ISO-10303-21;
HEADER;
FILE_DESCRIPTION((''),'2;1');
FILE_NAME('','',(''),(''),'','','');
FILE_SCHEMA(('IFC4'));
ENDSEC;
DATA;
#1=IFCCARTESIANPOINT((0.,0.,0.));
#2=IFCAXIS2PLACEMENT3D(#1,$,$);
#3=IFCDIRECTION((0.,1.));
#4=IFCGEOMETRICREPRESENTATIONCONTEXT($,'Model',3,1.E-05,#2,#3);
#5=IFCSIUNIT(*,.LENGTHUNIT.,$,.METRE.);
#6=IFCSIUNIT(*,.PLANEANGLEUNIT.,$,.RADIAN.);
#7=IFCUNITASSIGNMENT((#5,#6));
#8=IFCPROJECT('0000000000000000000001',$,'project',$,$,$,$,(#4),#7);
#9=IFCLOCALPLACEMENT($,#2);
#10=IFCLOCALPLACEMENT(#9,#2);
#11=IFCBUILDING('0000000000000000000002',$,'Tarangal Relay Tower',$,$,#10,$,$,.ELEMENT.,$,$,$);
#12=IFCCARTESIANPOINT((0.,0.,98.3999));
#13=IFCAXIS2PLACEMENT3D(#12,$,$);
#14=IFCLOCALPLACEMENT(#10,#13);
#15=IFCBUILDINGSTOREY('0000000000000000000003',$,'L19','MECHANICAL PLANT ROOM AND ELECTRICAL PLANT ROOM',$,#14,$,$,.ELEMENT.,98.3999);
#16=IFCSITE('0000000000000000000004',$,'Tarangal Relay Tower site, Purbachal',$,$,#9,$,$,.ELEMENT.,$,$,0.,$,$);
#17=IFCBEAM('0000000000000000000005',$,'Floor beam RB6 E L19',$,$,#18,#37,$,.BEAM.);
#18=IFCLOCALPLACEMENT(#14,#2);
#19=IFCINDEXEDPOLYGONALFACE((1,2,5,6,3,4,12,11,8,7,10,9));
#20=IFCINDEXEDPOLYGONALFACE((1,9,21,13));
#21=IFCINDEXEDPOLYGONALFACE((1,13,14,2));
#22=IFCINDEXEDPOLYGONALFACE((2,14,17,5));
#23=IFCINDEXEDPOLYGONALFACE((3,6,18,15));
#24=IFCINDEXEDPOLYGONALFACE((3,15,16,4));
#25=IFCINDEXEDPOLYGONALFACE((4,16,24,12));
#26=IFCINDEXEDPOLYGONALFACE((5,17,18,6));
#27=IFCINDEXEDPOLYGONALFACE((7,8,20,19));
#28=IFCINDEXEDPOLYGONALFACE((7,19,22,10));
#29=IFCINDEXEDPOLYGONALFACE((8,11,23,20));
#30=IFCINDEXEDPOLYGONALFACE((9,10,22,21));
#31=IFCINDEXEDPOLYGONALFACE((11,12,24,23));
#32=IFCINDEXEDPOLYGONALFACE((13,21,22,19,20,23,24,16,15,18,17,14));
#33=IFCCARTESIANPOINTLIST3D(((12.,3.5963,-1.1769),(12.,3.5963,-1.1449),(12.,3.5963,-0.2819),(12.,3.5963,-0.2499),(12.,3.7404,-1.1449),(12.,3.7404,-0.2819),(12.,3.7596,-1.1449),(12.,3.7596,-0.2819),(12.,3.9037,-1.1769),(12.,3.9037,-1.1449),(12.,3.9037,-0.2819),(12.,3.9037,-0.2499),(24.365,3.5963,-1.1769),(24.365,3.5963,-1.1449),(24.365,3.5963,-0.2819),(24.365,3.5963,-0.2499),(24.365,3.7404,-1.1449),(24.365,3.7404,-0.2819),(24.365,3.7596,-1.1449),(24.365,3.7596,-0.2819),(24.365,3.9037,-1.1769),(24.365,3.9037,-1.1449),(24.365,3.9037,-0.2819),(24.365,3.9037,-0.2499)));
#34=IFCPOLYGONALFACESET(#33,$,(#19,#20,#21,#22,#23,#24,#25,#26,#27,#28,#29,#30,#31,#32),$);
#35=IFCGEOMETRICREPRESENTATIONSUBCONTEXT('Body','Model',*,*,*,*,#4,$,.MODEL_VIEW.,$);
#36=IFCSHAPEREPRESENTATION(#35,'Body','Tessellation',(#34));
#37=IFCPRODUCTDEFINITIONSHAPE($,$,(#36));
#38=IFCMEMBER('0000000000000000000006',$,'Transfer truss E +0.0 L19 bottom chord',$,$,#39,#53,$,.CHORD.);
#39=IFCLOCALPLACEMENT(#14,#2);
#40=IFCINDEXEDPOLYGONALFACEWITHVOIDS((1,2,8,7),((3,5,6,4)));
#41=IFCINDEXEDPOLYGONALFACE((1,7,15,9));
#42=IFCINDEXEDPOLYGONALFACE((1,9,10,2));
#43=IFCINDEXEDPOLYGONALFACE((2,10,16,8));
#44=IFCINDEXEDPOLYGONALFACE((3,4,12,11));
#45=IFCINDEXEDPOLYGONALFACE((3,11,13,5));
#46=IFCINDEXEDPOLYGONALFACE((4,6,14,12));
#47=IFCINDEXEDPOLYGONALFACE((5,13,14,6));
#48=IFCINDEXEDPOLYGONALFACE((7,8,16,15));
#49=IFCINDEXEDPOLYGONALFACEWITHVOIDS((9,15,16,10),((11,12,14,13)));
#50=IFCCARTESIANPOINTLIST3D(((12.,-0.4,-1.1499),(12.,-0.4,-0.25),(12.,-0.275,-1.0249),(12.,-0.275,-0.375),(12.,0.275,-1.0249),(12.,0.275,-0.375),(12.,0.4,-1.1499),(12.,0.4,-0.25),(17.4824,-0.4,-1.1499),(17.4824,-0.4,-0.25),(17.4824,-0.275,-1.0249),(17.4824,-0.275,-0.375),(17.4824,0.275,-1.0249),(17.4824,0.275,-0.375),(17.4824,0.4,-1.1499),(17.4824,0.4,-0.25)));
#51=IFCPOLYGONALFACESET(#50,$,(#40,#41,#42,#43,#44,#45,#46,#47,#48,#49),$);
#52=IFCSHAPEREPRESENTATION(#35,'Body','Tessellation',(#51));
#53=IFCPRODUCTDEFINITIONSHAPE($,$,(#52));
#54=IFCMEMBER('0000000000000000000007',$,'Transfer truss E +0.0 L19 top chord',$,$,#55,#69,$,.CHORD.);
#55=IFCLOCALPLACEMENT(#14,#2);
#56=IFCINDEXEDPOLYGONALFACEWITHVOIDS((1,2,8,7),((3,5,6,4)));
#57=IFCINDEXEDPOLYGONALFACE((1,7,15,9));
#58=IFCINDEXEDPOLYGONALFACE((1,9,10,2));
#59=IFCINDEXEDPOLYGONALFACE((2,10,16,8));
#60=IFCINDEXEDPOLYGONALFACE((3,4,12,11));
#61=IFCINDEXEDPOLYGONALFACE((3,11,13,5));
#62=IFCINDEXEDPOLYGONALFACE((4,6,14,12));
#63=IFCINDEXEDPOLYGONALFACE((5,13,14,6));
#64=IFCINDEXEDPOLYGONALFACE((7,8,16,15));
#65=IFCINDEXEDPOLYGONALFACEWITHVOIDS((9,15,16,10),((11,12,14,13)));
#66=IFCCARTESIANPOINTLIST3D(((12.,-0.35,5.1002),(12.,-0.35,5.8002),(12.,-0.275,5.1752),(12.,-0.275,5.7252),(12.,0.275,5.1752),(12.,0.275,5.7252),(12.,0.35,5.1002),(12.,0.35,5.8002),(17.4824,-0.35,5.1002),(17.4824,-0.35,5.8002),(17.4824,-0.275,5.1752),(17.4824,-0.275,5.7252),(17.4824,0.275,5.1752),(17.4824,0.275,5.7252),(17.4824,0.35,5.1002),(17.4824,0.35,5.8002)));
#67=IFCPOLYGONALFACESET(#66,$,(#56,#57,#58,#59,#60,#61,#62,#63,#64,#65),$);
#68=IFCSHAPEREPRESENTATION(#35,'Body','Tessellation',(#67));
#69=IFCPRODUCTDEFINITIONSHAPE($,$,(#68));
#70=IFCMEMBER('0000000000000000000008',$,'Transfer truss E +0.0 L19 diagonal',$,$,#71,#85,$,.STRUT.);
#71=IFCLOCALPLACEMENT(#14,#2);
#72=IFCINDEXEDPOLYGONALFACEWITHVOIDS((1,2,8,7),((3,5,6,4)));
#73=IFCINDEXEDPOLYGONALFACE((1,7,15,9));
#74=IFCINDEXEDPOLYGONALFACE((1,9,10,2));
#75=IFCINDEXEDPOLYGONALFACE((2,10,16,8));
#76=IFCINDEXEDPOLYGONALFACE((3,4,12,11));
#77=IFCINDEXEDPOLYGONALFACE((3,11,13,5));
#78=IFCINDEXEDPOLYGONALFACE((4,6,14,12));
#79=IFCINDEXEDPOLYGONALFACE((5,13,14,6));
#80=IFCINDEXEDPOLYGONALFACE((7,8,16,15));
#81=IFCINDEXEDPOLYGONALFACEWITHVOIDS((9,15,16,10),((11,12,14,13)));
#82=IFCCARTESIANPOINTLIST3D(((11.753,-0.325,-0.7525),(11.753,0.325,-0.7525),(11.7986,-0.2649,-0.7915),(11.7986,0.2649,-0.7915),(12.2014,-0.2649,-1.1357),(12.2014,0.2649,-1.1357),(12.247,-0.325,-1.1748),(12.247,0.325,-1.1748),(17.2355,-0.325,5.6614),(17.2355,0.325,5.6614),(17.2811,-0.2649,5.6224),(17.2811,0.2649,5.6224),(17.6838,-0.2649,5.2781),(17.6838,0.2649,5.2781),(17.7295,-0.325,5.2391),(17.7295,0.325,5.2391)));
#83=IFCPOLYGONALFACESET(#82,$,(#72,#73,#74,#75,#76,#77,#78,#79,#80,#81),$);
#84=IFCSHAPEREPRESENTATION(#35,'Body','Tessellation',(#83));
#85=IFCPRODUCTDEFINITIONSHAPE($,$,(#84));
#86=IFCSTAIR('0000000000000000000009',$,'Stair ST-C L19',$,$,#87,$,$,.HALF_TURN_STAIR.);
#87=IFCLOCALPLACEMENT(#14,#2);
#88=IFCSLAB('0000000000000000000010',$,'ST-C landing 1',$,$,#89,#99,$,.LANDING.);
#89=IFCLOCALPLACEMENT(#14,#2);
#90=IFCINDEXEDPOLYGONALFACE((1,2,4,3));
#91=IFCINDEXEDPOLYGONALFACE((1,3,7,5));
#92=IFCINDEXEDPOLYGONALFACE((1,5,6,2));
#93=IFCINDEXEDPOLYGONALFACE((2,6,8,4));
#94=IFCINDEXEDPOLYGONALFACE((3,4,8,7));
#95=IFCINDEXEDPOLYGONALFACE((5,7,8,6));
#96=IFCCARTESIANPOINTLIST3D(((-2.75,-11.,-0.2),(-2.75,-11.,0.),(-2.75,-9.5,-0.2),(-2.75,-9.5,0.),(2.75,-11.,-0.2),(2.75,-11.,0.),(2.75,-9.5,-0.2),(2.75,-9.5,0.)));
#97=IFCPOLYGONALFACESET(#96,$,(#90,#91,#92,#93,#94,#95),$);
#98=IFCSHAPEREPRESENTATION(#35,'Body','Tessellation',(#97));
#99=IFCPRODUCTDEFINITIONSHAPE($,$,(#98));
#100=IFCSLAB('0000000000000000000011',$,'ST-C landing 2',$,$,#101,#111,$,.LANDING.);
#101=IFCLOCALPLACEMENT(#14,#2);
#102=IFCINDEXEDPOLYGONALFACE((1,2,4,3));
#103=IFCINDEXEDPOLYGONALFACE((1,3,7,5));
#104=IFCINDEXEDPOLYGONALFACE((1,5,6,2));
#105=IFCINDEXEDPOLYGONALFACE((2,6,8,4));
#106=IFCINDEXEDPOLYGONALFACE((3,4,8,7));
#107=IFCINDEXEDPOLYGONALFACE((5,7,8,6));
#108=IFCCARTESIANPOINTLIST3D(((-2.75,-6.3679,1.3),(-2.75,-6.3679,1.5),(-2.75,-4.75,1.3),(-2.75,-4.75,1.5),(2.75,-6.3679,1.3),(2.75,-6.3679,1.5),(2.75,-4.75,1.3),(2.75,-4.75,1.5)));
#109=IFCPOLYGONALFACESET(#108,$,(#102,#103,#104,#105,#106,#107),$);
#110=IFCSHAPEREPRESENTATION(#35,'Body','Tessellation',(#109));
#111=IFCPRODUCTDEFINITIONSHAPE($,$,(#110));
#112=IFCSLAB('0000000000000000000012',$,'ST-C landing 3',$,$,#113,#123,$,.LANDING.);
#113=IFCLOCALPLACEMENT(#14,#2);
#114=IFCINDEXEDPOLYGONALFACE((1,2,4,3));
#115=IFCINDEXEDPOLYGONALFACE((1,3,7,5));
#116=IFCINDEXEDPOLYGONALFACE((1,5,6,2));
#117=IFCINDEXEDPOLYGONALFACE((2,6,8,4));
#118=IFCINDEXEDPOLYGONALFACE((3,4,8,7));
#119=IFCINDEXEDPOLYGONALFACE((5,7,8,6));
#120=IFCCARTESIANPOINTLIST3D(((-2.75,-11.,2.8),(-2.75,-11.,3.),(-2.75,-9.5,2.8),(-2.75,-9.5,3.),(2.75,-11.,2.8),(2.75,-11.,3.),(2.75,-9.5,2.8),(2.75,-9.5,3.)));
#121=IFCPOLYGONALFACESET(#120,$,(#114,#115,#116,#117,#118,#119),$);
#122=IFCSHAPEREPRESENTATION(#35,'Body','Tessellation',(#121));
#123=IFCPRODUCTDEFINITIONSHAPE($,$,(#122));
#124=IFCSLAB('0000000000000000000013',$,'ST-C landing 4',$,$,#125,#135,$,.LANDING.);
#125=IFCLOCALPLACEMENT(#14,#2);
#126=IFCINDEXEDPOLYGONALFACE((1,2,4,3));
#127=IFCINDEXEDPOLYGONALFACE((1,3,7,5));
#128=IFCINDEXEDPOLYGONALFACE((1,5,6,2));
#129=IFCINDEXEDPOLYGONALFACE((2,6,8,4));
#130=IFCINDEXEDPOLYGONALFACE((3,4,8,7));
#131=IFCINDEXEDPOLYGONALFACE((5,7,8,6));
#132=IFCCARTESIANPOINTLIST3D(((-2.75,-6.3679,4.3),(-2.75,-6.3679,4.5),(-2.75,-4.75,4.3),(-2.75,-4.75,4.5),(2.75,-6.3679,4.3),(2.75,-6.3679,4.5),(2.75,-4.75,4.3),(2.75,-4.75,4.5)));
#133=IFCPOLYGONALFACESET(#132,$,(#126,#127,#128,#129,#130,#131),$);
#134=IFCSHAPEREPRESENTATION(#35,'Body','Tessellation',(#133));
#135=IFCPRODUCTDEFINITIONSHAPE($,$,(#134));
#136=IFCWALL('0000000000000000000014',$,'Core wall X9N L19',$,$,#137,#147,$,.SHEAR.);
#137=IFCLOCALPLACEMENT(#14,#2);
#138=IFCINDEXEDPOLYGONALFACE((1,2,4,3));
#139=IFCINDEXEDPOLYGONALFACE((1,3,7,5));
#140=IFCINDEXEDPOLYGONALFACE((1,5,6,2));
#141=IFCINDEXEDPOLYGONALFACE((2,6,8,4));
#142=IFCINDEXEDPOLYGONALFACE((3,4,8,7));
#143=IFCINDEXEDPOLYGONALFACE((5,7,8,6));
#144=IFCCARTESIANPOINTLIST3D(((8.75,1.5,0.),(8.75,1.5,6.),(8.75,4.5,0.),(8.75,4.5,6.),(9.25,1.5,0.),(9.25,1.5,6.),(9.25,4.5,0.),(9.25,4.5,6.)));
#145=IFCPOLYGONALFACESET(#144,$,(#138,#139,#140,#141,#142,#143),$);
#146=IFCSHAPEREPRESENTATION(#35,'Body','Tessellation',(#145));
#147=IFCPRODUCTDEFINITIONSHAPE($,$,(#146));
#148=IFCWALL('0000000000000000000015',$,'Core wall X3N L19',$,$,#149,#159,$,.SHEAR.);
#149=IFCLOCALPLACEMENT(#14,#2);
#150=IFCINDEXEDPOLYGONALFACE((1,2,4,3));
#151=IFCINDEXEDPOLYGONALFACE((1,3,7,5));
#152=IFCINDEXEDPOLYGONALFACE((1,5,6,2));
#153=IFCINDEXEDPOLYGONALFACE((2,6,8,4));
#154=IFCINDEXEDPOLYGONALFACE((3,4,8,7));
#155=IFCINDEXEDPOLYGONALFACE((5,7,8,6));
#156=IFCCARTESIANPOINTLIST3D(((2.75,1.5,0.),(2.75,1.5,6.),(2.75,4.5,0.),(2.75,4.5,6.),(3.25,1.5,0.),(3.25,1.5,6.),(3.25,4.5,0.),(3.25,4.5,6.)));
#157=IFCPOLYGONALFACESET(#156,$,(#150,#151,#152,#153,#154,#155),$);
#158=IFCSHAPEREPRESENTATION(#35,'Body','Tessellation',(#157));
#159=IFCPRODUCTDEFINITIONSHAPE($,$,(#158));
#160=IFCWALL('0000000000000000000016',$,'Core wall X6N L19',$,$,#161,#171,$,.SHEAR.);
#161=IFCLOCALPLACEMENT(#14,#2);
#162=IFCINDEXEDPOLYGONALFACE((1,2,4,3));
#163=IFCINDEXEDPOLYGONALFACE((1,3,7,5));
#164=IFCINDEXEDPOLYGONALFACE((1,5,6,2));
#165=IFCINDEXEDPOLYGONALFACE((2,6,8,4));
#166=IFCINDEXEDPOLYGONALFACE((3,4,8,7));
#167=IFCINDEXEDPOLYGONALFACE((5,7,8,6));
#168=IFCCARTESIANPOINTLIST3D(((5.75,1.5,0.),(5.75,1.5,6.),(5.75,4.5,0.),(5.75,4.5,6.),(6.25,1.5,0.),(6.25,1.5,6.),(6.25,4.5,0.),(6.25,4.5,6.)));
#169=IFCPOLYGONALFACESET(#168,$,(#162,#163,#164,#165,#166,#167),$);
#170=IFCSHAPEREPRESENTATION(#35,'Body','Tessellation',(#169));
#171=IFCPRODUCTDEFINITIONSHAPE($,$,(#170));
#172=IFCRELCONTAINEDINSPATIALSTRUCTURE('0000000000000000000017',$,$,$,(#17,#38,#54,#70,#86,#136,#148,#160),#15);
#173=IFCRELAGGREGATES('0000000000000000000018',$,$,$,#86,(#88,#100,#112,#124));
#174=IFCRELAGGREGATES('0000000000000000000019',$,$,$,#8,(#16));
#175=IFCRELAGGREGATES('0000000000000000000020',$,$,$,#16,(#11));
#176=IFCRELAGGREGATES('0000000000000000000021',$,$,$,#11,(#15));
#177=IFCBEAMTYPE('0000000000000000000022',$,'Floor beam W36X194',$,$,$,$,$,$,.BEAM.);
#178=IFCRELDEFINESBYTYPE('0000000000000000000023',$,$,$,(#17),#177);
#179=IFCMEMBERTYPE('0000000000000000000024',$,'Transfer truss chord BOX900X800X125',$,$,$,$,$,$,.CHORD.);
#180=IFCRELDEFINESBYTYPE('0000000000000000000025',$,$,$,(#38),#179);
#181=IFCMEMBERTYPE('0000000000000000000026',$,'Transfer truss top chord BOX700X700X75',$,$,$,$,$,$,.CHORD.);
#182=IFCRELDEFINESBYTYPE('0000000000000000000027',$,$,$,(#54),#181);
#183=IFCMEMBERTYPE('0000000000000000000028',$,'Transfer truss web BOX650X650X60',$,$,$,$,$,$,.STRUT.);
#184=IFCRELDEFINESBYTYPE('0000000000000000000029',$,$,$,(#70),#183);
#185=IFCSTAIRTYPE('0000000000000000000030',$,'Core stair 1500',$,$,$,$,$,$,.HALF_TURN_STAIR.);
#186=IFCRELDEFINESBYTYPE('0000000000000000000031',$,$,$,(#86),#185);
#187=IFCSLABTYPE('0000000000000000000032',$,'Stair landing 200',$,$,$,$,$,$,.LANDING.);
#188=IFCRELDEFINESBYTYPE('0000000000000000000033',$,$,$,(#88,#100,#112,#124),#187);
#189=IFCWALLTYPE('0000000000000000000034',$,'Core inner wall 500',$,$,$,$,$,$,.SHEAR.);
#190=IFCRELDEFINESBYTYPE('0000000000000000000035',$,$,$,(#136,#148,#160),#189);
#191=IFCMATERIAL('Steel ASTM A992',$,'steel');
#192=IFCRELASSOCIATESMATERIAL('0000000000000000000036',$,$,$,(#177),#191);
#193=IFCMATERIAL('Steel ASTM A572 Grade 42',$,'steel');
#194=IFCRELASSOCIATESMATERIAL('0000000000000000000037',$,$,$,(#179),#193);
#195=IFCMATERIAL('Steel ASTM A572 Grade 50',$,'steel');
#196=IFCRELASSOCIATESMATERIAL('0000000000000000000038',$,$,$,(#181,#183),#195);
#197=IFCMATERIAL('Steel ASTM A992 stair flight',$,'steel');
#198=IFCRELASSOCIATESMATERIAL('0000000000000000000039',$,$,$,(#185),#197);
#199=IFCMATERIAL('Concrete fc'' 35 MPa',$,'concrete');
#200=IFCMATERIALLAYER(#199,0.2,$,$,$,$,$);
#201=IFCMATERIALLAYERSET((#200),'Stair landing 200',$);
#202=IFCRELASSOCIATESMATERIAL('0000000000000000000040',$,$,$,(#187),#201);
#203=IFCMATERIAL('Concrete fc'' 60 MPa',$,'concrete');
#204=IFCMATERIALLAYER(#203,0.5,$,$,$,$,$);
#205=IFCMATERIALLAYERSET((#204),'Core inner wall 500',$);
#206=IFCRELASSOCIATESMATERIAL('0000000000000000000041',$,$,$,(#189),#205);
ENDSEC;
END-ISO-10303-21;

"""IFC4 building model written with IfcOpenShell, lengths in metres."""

from ifc_helpers import new_model, si_unit, direction, frame, frame_2d, origin, origin_2d, place, context, subcontext, project, spatial, polyline, rectangle, hollow_rectangle, i_section, outline, extrude, material, layer, layer_set, material_profile, profile_set, type_object, element, aggregate, save


model = new_model("IFC4")

# Units and contexts
model_context = context("Model", 3, precision=1e-05, world=origin(), true_north=direction((0.0, 1.0)))
body_context = subcontext(model_context, "Body", "Model", "MODEL_VIEW")
ifc_project = project(units=[si_unit("LENGTHUNIT", "METRE"), si_unit("PLANEANGLEUNIT", "RADIAN")], contexts=[model_context])

# Site, building, storey
site_placement = place(None, origin())
site = spatial("IfcSite", under=ifc_project, at=site_placement, Name="Tarangal Relay Tower site, Purbachal", CompositionType="ELEMENT", RefElevation=0.0)
building_placement = place(site_placement, origin())
building = spatial("IfcBuilding", under=site, at=building_placement, Name="Tarangal Relay Tower", CompositionType="ELEMENT")
storey_placement = place(building_placement, frame((0.0, 0.0, 98.3999)))
storey = spatial("IfcBuildingStorey", under=building, at=storey_placement, Name="L19", Description="MECHANICAL PLANT ROOM AND ELECTRICAL PLANT ROOM", CompositionType="ELEMENT", Elevation=98.3999)

# Beam
ifc_material_1 = material(Name="Steel ASTM A992", Category="steel")
ifc_material_profile_1 = material_profile(ifc_material_1, i_section(OverallWidth=0.3074, OverallDepth=0.927, WebThickness=0.0193, FlangeThickness=0.032, at=origin_2d()), Name="W36X194")
ifc_profile_set_1 = profile_set([ifc_material_profile_1], Name="Steel ASTM A992")
beam_type = type_object("IfcBeamType", Name="Floor beam W36X194", PredefinedType="BEAM", material=ifc_profile_set_1)
beam_placement = place(storey_placement, frame((12.0, 3.75, -0.7134), z_axis=(1.0, 0.0, 0.0), x_axis=(0.0, 1.0, 0.0)))
element("IfcBeam", 1, at=beam_placement, inside=storey, type_object=beam_type, Name="Floor beam RB6 E L19", PredefinedType="BEAM", context=body_context, shape_type="SweptSolid", body=[
    extrude(i_section(OverallWidth=0.3074, OverallDepth=0.927, WebThickness=0.0193, FlangeThickness=0.032, at=origin_2d()), origin(), (0.0, 0.0, 1.0), 12.365),
])

# Members
ifc_material_2 = material(Name="Steel ASTM A572 Grade 42", Category="steel")
ifc_material_profile_2 = material_profile(ifc_material_2, hollow_rectangle(XDim=0.8, YDim=0.8999, WallThickness=0.125, at=origin_2d()), Name="BOX900X800X125")
ifc_profile_set_2 = profile_set([ifc_material_profile_2], Name="Steel ASTM A572 Grade 42")
member_type_1 = type_object("IfcMemberType", Name="Transfer truss chord BOX900X800X125", PredefinedType="CHORD", material=ifc_profile_set_2)
member_1_placement = place(storey_placement, frame((12.0, 0.0, -0.7), z_axis=(1.0, 0.0, 0.0), x_axis=(0.0, 1.0, 0.0)))
element("IfcMember", 2, at=member_1_placement, inside=storey, type_object=member_type_1, Name="Transfer truss E +0.0 L19 bottom chord", PredefinedType="CHORD", context=body_context, shape_type="SweptSolid", body=[
    extrude(hollow_rectangle(XDim=0.8, YDim=0.8999, WallThickness=0.125, at=origin_2d()), origin(), (0.0, 0.0, 1.0), 5.4824),
])
ifc_material_3 = material(Name="Steel ASTM A572 Grade 50", Category="steel")
ifc_material_profile_3 = material_profile(ifc_material_3, hollow_rectangle(XDim=0.7, YDim=0.7, WallThickness=0.075, at=origin_2d()), Name="BOX700X700X75")
ifc_profile_set_3 = profile_set([ifc_material_profile_3], Name="Steel ASTM A572 Grade 50")
member_type_2 = type_object("IfcMemberType", Name="Transfer truss top chord BOX700X700X75", PredefinedType="CHORD", material=ifc_profile_set_3)
member_2_placement = place(storey_placement, frame((12.0, 0.0, 5.4502), z_axis=(1.0, 0.0, 0.0), x_axis=(0.0, 1.0, 0.0)))
element("IfcMember", 3, at=member_2_placement, inside=storey, type_object=member_type_2, Name="Transfer truss E +0.0 L19 top chord", PredefinedType="CHORD", context=body_context, shape_type="SweptSolid", body=[
    extrude(hollow_rectangle(XDim=0.7, YDim=0.7, WallThickness=0.075, at=origin_2d()), origin(), (0.0, 0.0, 1.0), 5.4824),
])
ifc_material_profile_4 = material_profile(ifc_material_3, hollow_rectangle(XDim=0.6499, YDim=0.6499, WallThickness=0.0601, at=origin_2d()), Name="BOX650X650X60")
ifc_profile_set_4 = profile_set([ifc_material_profile_4], Name="Steel ASTM A572 Grade 50")
member_type_3 = type_object("IfcMemberType", Name="Transfer truss web BOX650X650X60", PredefinedType="STRUT", material=ifc_profile_set_4)
member_3_placement = place(storey_placement, frame((12.0, 0.0, -0.9636), z_axis=(0.649757, 0.0, 0.760142), x_axis=(0.0, 1.0, 0.0)))
element("IfcMember", 4, at=member_3_placement, inside=storey, type_object=member_type_3, Name="Transfer truss E +0.0 L19 diagonal", PredefinedType="STRUT", context=body_context, shape_type="SweptSolid", body=[
    extrude(hollow_rectangle(XDim=0.6499, YDim=0.6499, WallThickness=0.0601, at=origin_2d()), origin(), (0.0, 0.0, 1.0), 8.4377),
])

# Stair, slabs
ifc_material_4 = material(Name="Steel ASTM A992 stair flight", Category="steel")
stair_type = type_object("IfcStairType", Name="Core stair 1500", PredefinedType="HALF_TURN_STAIR", material=ifc_material_4)
stair_1_placement = place(storey_placement, origin())
stair_1 = element("IfcStair", 5, at=stair_1_placement, inside=storey, type_object=stair_type, Name="Stair ST-C L19", PredefinedType="HALF_TURN_STAIR")
ifc_material_5 = material(Name="Concrete fc' 35 MPa", Category="concrete")
ifc_layer_1 = layer(ifc_material_5, 0.2)
ifc_layer_set_1 = layer_set([ifc_layer_1], Name="Stair landing 200")
slab_type = type_object("IfcSlabType", Name="Stair landing 200", PredefinedType="LANDING", material=ifc_layer_set_1)
slab_1_placement = place(storey_placement, frame((0.0, 0.0, -0.2)))
slab_1 = element("IfcSlab", 6, at=slab_1_placement, type_object=slab_type, Name="ST-C landing 1", PredefinedType="LANDING", context=body_context, shape_type="SweptSolid", body=[
    extrude(outline(polyline([(-2.75, -11.0), (2.75, -11.0), (2.75, -9.5), (-2.75, -9.5), (-2.75, -11.0)])), origin(), (0.0, 0.0, 1.0), 0.2),
])
slab_2_placement = place(storey_placement, frame((0.0, 0.0, 1.3)))
slab_2 = element("IfcSlab", 7, at=slab_2_placement, type_object=slab_type, Name="ST-C landing 2", PredefinedType="LANDING", context=body_context, shape_type="SweptSolid", body=[
    extrude(outline(polyline([(-2.75, -6.3679), (2.75, -6.3679), (2.75, -4.75), (-2.75, -4.75), (-2.75, -6.3679)])), origin(), (0.0, 0.0, 1.0), 0.2),
])
slab_3_placement = place(storey_placement, frame((0.0, 0.0, 2.8)))
slab_3 = element("IfcSlab", 8, at=slab_3_placement, type_object=slab_type, Name="ST-C landing 3", PredefinedType="LANDING", context=body_context, shape_type="SweptSolid", body=[
    extrude(outline(polyline([(-2.75, -11.0), (2.75, -11.0), (2.75, -9.5), (-2.75, -9.5), (-2.75, -11.0)])), origin(), (0.0, 0.0, 1.0), 0.2),
])
slab_4_placement = place(storey_placement, frame((0.0, 0.0, 4.3)))
slab_4 = element("IfcSlab", 9, at=slab_4_placement, type_object=slab_type, Name="ST-C landing 4", PredefinedType="LANDING", context=body_context, shape_type="SweptSolid", body=[
    extrude(outline(polyline([(-2.75, -6.3679), (2.75, -6.3679), (2.75, -4.75), (-2.75, -4.75), (-2.75, -6.3679)])), origin(), (0.0, 0.0, 1.0), 0.2),
])
aggregate(stair_1, [slab_1, slab_2, slab_3, slab_4])

# Walls
ifc_material_6 = material(Name="Concrete fc' 60 MPa", Category="concrete")
ifc_layer_2 = layer(ifc_material_6, 0.5)
ifc_layer_set_2 = layer_set([ifc_layer_2], Name="Core inner wall 500")
wall_type = type_object("IfcWallType", Name="Core inner wall 500", PredefinedType="SHEAR", material=ifc_layer_set_2)
for number, where, z_axis, x_axis, name in (
    (10, (9.0, 1.5, 0.0), (0.0, 0.0, 1.0), (0.0, 1.0, 0.0), "Core wall X9N L19"),
    (11, (3.0, 1.5, 0.0), (0.0, 0.0, 1.0), (0.0, 1.0, 0.0), "Core wall X3N L19"),
    (12, (6.0, 1.5, 0.0), (0.0, 0.0, 1.0), (0.0, 1.0, 0.0), "Core wall X6N L19"),
):
    element("IfcWall", number, at=place(storey_placement, frame(where, z_axis=z_axis, x_axis=x_axis)), inside=storey, type_object=wall_type, Name=name, PredefinedType="SHEAR", context=body_context, shape_type="SweptSolid", body=[
        extrude(rectangle(XDim=3.0, YDim=0.5, at=frame_2d((1.5, 0.0))), origin(), (0.0, 0.0, 1.0), 6.0),
    ])

save(model, "model.ifc")
